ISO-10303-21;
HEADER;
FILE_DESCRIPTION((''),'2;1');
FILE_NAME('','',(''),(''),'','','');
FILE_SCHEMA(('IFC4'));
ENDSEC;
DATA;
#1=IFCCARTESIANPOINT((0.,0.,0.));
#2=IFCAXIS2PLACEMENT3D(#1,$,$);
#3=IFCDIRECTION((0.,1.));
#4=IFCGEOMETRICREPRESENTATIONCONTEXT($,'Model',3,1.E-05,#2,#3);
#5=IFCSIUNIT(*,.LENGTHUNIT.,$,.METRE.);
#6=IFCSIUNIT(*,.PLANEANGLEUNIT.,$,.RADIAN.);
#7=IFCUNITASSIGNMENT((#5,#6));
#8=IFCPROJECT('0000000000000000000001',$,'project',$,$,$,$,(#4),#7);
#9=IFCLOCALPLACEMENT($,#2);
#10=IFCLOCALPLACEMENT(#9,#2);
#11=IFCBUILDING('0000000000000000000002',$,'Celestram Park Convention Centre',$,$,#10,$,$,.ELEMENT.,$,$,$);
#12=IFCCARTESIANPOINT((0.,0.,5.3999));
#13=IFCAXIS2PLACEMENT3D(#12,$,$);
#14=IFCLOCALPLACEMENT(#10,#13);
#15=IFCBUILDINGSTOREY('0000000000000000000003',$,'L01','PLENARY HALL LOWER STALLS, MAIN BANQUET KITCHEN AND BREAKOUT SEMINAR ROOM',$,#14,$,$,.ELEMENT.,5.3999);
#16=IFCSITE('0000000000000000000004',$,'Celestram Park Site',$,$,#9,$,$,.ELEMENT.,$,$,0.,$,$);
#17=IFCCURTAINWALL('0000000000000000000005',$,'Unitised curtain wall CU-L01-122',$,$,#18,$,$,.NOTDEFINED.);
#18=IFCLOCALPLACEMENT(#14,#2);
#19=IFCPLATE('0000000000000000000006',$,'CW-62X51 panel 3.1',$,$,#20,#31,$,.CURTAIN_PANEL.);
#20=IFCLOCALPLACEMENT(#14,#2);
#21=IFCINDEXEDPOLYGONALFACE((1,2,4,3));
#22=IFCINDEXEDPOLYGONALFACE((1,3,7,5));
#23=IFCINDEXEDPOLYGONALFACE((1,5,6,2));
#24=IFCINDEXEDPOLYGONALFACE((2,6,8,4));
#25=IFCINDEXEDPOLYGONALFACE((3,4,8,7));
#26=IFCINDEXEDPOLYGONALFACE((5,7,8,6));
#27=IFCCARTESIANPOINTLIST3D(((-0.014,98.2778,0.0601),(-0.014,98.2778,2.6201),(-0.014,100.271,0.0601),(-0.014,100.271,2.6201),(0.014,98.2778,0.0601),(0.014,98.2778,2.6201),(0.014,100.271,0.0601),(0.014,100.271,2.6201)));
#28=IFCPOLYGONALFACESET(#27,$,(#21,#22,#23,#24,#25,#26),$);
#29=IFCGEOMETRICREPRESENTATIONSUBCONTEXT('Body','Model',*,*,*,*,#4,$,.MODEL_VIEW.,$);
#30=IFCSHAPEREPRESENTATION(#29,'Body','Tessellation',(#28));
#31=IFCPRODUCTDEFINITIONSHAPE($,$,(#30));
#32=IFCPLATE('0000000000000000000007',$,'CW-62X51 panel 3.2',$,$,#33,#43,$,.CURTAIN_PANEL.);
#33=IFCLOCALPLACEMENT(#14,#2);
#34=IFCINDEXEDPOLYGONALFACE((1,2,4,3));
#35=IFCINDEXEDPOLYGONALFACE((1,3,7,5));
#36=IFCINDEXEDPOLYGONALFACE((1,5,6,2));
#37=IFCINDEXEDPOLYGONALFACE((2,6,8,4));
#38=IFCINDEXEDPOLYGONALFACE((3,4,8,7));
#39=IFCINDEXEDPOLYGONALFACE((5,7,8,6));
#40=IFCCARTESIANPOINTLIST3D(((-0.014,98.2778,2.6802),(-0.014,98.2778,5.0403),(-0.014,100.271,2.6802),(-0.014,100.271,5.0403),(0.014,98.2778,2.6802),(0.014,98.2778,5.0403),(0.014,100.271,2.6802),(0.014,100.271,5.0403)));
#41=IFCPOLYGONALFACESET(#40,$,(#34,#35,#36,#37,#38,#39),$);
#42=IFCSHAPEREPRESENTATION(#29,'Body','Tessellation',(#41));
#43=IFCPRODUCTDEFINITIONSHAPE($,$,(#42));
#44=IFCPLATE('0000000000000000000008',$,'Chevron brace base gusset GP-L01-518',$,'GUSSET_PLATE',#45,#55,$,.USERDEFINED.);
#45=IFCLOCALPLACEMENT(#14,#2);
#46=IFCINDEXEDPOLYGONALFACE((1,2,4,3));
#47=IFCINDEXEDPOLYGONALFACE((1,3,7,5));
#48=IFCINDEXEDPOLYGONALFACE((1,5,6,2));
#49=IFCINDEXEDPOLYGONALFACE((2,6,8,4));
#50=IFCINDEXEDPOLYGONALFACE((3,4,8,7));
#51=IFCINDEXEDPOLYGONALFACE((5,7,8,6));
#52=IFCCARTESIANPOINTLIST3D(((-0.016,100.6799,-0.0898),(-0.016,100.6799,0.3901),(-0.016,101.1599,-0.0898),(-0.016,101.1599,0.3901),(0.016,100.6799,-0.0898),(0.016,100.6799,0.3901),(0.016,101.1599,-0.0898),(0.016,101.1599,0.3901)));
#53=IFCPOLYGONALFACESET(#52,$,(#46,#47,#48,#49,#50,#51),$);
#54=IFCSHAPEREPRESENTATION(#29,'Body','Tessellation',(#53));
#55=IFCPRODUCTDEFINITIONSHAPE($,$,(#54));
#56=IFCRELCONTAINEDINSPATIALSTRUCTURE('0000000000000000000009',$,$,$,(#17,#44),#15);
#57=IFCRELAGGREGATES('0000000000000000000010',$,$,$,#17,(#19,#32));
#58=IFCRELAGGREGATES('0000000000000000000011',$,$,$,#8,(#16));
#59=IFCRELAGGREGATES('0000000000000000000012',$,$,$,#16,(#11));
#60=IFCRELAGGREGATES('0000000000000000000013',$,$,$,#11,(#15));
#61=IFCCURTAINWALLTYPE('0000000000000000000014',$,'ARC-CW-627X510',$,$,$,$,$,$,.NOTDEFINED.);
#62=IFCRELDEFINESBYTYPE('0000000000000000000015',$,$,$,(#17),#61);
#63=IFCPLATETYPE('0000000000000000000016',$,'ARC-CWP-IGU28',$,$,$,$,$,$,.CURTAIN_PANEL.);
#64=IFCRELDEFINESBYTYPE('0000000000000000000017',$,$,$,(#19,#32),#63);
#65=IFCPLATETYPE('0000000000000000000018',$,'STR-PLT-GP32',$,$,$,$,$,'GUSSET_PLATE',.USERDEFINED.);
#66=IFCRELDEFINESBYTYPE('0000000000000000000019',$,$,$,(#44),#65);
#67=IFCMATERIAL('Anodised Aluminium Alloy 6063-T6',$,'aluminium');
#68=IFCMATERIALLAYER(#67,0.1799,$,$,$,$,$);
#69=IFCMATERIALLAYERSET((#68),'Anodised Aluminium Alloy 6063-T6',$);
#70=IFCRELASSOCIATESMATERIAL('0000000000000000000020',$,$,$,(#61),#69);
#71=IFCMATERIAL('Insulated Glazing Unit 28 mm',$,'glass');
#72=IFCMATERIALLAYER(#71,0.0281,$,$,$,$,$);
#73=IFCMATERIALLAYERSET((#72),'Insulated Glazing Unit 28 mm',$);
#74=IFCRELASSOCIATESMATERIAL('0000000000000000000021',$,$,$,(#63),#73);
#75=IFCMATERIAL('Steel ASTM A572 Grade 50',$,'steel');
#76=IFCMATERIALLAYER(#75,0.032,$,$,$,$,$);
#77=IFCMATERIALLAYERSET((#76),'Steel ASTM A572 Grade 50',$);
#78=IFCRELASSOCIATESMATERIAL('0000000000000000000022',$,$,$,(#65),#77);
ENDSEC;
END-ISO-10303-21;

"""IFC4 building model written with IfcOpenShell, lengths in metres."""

from ifc_helpers import new_model, si_unit, direction, frame, origin, origin_2d, place, context, subcontext, project, spatial, rectangle, extrude, material, layer, layer_set, type_object, element, aggregate, save


model = new_model("IFC4")

# Units and contexts
model_context = context("Model", 3, precision=1e-05, world=origin(), true_north=direction((0.0, 1.0)))
body_context = subcontext(model_context, "Body", "Model", "MODEL_VIEW")
ifc_project = project(units=[si_unit("LENGTHUNIT", "METRE"), si_unit("PLANEANGLEUNIT", "RADIAN")], contexts=[model_context])

# Site, building, storey
site_placement = place(None, origin())
site = spatial("IfcSite", under=ifc_project, at=site_placement, Name="Celestram Park Site", CompositionType="ELEMENT", RefElevation=0.0)
building_placement = place(site_placement, origin())
building = spatial("IfcBuilding", under=site, at=building_placement, Name="Celestram Park Convention Centre", CompositionType="ELEMENT")
storey_placement = place(building_placement, frame((0.0, 0.0, 5.3999)))
storey = spatial("IfcBuildingStorey", under=building, at=storey_placement, Name="L01", Description="PLENARY HALL LOWER STALLS, MAIN BANQUET KITCHEN AND BREAKOUT SEMINAR ROOM", CompositionType="ELEMENT", Elevation=5.3999)

# Curtain wall
ifc_material_1 = material(Name="Anodised Aluminium Alloy 6063-T6", Category="aluminium")
ifc_layer_1 = layer(ifc_material_1, 0.1799)
ifc_layer_set_1 = layer_set([ifc_layer_1], Name="Anodised Aluminium Alloy 6063-T6")
curtain_wall_type = type_object("IfcCurtainWallType", Name="ARC-CW-627X510", PredefinedType="NOTDEFINED", material=ifc_layer_set_1)
curtain_wall_1_placement = place(storey_placement, origin())
curtain_wall_1 = element("IfcCurtainWall", 1, at=curtain_wall_1_placement, inside=storey, type_object=curtain_wall_type, Name="Unitised curtain wall CU-L01-122", PredefinedType="NOTDEFINED")

# Plates
ifc_material_2 = material(Name="Insulated Glazing Unit 28 mm", Category="glass")
ifc_layer_2 = layer(ifc_material_2, 0.0281)
ifc_layer_set_2 = layer_set([ifc_layer_2], Name="Insulated Glazing Unit 28 mm")
plate_type_1 = type_object("IfcPlateType", Name="ARC-CWP-IGU28", PredefinedType="CURTAIN_PANEL", material=ifc_layer_set_2)
plate_1_placement = place(storey_placement, frame((0.0, 99.2744, 0.0601), z_axis=(0.0, 0.0, 1.0), x_axis=(0.0, 1.0, 0.0)))
plate_1 = element("IfcPlate", 2, at=plate_1_placement, type_object=plate_type_1, Name="CW-62X51 panel 3.1", PredefinedType="CURTAIN_PANEL", context=body_context, shape_type="SweptSolid", body=[
    extrude(rectangle(XDim=1.9932, YDim=0.0281, at=origin_2d()), origin(), (0.0, 0.0, 1.0), 2.5601),
])
plate_2_placement = place(storey_placement, frame((0.0, 99.2744, 2.6802), z_axis=(0.0, 0.0, 1.0), x_axis=(0.0, 1.0, 0.0)))
plate_2 = element("IfcPlate", 3, at=plate_2_placement, type_object=plate_type_1, Name="CW-62X51 panel 3.2", PredefinedType="CURTAIN_PANEL", context=body_context, shape_type="SweptSolid", body=[
    extrude(rectangle(XDim=1.9932, YDim=0.0281, at=origin_2d()), origin(), (0.0, 0.0, 1.0), 2.3601),
])
aggregate(curtain_wall_1, [plate_1, plate_2])
ifc_material_3 = material(Name="Steel ASTM A572 Grade 50", Category="steel")
ifc_layer_3 = layer(ifc_material_3, 0.032)
ifc_layer_set_3 = layer_set([ifc_layer_3], Name="Steel ASTM A572 Grade 50")
plate_type_2 = type_object("IfcPlateType", Name="STR-PLT-GP32", ElementType="GUSSET_PLATE", PredefinedType="USERDEFINED", material=ifc_layer_set_3)
plate_3_placement = place(storey_placement, frame((0.0, 100.9199, -0.0898), z_axis=(0.0, 0.0, 1.0), x_axis=(0.0, 1.0, 0.0)))
element("IfcPlate", 4, at=plate_3_placement, inside=storey, type_object=plate_type_2, Name="Chevron brace base gusset GP-L01-518", ObjectType="GUSSET_PLATE", PredefinedType="USERDEFINED", context=body_context, shape_type="SweptSolid", body=[
    extrude(rectangle(XDim=0.48, YDim=0.032, at=origin_2d()), origin(), (0.0, 0.0, 1.0), 0.48),
])

save(model, "model.ifc")
